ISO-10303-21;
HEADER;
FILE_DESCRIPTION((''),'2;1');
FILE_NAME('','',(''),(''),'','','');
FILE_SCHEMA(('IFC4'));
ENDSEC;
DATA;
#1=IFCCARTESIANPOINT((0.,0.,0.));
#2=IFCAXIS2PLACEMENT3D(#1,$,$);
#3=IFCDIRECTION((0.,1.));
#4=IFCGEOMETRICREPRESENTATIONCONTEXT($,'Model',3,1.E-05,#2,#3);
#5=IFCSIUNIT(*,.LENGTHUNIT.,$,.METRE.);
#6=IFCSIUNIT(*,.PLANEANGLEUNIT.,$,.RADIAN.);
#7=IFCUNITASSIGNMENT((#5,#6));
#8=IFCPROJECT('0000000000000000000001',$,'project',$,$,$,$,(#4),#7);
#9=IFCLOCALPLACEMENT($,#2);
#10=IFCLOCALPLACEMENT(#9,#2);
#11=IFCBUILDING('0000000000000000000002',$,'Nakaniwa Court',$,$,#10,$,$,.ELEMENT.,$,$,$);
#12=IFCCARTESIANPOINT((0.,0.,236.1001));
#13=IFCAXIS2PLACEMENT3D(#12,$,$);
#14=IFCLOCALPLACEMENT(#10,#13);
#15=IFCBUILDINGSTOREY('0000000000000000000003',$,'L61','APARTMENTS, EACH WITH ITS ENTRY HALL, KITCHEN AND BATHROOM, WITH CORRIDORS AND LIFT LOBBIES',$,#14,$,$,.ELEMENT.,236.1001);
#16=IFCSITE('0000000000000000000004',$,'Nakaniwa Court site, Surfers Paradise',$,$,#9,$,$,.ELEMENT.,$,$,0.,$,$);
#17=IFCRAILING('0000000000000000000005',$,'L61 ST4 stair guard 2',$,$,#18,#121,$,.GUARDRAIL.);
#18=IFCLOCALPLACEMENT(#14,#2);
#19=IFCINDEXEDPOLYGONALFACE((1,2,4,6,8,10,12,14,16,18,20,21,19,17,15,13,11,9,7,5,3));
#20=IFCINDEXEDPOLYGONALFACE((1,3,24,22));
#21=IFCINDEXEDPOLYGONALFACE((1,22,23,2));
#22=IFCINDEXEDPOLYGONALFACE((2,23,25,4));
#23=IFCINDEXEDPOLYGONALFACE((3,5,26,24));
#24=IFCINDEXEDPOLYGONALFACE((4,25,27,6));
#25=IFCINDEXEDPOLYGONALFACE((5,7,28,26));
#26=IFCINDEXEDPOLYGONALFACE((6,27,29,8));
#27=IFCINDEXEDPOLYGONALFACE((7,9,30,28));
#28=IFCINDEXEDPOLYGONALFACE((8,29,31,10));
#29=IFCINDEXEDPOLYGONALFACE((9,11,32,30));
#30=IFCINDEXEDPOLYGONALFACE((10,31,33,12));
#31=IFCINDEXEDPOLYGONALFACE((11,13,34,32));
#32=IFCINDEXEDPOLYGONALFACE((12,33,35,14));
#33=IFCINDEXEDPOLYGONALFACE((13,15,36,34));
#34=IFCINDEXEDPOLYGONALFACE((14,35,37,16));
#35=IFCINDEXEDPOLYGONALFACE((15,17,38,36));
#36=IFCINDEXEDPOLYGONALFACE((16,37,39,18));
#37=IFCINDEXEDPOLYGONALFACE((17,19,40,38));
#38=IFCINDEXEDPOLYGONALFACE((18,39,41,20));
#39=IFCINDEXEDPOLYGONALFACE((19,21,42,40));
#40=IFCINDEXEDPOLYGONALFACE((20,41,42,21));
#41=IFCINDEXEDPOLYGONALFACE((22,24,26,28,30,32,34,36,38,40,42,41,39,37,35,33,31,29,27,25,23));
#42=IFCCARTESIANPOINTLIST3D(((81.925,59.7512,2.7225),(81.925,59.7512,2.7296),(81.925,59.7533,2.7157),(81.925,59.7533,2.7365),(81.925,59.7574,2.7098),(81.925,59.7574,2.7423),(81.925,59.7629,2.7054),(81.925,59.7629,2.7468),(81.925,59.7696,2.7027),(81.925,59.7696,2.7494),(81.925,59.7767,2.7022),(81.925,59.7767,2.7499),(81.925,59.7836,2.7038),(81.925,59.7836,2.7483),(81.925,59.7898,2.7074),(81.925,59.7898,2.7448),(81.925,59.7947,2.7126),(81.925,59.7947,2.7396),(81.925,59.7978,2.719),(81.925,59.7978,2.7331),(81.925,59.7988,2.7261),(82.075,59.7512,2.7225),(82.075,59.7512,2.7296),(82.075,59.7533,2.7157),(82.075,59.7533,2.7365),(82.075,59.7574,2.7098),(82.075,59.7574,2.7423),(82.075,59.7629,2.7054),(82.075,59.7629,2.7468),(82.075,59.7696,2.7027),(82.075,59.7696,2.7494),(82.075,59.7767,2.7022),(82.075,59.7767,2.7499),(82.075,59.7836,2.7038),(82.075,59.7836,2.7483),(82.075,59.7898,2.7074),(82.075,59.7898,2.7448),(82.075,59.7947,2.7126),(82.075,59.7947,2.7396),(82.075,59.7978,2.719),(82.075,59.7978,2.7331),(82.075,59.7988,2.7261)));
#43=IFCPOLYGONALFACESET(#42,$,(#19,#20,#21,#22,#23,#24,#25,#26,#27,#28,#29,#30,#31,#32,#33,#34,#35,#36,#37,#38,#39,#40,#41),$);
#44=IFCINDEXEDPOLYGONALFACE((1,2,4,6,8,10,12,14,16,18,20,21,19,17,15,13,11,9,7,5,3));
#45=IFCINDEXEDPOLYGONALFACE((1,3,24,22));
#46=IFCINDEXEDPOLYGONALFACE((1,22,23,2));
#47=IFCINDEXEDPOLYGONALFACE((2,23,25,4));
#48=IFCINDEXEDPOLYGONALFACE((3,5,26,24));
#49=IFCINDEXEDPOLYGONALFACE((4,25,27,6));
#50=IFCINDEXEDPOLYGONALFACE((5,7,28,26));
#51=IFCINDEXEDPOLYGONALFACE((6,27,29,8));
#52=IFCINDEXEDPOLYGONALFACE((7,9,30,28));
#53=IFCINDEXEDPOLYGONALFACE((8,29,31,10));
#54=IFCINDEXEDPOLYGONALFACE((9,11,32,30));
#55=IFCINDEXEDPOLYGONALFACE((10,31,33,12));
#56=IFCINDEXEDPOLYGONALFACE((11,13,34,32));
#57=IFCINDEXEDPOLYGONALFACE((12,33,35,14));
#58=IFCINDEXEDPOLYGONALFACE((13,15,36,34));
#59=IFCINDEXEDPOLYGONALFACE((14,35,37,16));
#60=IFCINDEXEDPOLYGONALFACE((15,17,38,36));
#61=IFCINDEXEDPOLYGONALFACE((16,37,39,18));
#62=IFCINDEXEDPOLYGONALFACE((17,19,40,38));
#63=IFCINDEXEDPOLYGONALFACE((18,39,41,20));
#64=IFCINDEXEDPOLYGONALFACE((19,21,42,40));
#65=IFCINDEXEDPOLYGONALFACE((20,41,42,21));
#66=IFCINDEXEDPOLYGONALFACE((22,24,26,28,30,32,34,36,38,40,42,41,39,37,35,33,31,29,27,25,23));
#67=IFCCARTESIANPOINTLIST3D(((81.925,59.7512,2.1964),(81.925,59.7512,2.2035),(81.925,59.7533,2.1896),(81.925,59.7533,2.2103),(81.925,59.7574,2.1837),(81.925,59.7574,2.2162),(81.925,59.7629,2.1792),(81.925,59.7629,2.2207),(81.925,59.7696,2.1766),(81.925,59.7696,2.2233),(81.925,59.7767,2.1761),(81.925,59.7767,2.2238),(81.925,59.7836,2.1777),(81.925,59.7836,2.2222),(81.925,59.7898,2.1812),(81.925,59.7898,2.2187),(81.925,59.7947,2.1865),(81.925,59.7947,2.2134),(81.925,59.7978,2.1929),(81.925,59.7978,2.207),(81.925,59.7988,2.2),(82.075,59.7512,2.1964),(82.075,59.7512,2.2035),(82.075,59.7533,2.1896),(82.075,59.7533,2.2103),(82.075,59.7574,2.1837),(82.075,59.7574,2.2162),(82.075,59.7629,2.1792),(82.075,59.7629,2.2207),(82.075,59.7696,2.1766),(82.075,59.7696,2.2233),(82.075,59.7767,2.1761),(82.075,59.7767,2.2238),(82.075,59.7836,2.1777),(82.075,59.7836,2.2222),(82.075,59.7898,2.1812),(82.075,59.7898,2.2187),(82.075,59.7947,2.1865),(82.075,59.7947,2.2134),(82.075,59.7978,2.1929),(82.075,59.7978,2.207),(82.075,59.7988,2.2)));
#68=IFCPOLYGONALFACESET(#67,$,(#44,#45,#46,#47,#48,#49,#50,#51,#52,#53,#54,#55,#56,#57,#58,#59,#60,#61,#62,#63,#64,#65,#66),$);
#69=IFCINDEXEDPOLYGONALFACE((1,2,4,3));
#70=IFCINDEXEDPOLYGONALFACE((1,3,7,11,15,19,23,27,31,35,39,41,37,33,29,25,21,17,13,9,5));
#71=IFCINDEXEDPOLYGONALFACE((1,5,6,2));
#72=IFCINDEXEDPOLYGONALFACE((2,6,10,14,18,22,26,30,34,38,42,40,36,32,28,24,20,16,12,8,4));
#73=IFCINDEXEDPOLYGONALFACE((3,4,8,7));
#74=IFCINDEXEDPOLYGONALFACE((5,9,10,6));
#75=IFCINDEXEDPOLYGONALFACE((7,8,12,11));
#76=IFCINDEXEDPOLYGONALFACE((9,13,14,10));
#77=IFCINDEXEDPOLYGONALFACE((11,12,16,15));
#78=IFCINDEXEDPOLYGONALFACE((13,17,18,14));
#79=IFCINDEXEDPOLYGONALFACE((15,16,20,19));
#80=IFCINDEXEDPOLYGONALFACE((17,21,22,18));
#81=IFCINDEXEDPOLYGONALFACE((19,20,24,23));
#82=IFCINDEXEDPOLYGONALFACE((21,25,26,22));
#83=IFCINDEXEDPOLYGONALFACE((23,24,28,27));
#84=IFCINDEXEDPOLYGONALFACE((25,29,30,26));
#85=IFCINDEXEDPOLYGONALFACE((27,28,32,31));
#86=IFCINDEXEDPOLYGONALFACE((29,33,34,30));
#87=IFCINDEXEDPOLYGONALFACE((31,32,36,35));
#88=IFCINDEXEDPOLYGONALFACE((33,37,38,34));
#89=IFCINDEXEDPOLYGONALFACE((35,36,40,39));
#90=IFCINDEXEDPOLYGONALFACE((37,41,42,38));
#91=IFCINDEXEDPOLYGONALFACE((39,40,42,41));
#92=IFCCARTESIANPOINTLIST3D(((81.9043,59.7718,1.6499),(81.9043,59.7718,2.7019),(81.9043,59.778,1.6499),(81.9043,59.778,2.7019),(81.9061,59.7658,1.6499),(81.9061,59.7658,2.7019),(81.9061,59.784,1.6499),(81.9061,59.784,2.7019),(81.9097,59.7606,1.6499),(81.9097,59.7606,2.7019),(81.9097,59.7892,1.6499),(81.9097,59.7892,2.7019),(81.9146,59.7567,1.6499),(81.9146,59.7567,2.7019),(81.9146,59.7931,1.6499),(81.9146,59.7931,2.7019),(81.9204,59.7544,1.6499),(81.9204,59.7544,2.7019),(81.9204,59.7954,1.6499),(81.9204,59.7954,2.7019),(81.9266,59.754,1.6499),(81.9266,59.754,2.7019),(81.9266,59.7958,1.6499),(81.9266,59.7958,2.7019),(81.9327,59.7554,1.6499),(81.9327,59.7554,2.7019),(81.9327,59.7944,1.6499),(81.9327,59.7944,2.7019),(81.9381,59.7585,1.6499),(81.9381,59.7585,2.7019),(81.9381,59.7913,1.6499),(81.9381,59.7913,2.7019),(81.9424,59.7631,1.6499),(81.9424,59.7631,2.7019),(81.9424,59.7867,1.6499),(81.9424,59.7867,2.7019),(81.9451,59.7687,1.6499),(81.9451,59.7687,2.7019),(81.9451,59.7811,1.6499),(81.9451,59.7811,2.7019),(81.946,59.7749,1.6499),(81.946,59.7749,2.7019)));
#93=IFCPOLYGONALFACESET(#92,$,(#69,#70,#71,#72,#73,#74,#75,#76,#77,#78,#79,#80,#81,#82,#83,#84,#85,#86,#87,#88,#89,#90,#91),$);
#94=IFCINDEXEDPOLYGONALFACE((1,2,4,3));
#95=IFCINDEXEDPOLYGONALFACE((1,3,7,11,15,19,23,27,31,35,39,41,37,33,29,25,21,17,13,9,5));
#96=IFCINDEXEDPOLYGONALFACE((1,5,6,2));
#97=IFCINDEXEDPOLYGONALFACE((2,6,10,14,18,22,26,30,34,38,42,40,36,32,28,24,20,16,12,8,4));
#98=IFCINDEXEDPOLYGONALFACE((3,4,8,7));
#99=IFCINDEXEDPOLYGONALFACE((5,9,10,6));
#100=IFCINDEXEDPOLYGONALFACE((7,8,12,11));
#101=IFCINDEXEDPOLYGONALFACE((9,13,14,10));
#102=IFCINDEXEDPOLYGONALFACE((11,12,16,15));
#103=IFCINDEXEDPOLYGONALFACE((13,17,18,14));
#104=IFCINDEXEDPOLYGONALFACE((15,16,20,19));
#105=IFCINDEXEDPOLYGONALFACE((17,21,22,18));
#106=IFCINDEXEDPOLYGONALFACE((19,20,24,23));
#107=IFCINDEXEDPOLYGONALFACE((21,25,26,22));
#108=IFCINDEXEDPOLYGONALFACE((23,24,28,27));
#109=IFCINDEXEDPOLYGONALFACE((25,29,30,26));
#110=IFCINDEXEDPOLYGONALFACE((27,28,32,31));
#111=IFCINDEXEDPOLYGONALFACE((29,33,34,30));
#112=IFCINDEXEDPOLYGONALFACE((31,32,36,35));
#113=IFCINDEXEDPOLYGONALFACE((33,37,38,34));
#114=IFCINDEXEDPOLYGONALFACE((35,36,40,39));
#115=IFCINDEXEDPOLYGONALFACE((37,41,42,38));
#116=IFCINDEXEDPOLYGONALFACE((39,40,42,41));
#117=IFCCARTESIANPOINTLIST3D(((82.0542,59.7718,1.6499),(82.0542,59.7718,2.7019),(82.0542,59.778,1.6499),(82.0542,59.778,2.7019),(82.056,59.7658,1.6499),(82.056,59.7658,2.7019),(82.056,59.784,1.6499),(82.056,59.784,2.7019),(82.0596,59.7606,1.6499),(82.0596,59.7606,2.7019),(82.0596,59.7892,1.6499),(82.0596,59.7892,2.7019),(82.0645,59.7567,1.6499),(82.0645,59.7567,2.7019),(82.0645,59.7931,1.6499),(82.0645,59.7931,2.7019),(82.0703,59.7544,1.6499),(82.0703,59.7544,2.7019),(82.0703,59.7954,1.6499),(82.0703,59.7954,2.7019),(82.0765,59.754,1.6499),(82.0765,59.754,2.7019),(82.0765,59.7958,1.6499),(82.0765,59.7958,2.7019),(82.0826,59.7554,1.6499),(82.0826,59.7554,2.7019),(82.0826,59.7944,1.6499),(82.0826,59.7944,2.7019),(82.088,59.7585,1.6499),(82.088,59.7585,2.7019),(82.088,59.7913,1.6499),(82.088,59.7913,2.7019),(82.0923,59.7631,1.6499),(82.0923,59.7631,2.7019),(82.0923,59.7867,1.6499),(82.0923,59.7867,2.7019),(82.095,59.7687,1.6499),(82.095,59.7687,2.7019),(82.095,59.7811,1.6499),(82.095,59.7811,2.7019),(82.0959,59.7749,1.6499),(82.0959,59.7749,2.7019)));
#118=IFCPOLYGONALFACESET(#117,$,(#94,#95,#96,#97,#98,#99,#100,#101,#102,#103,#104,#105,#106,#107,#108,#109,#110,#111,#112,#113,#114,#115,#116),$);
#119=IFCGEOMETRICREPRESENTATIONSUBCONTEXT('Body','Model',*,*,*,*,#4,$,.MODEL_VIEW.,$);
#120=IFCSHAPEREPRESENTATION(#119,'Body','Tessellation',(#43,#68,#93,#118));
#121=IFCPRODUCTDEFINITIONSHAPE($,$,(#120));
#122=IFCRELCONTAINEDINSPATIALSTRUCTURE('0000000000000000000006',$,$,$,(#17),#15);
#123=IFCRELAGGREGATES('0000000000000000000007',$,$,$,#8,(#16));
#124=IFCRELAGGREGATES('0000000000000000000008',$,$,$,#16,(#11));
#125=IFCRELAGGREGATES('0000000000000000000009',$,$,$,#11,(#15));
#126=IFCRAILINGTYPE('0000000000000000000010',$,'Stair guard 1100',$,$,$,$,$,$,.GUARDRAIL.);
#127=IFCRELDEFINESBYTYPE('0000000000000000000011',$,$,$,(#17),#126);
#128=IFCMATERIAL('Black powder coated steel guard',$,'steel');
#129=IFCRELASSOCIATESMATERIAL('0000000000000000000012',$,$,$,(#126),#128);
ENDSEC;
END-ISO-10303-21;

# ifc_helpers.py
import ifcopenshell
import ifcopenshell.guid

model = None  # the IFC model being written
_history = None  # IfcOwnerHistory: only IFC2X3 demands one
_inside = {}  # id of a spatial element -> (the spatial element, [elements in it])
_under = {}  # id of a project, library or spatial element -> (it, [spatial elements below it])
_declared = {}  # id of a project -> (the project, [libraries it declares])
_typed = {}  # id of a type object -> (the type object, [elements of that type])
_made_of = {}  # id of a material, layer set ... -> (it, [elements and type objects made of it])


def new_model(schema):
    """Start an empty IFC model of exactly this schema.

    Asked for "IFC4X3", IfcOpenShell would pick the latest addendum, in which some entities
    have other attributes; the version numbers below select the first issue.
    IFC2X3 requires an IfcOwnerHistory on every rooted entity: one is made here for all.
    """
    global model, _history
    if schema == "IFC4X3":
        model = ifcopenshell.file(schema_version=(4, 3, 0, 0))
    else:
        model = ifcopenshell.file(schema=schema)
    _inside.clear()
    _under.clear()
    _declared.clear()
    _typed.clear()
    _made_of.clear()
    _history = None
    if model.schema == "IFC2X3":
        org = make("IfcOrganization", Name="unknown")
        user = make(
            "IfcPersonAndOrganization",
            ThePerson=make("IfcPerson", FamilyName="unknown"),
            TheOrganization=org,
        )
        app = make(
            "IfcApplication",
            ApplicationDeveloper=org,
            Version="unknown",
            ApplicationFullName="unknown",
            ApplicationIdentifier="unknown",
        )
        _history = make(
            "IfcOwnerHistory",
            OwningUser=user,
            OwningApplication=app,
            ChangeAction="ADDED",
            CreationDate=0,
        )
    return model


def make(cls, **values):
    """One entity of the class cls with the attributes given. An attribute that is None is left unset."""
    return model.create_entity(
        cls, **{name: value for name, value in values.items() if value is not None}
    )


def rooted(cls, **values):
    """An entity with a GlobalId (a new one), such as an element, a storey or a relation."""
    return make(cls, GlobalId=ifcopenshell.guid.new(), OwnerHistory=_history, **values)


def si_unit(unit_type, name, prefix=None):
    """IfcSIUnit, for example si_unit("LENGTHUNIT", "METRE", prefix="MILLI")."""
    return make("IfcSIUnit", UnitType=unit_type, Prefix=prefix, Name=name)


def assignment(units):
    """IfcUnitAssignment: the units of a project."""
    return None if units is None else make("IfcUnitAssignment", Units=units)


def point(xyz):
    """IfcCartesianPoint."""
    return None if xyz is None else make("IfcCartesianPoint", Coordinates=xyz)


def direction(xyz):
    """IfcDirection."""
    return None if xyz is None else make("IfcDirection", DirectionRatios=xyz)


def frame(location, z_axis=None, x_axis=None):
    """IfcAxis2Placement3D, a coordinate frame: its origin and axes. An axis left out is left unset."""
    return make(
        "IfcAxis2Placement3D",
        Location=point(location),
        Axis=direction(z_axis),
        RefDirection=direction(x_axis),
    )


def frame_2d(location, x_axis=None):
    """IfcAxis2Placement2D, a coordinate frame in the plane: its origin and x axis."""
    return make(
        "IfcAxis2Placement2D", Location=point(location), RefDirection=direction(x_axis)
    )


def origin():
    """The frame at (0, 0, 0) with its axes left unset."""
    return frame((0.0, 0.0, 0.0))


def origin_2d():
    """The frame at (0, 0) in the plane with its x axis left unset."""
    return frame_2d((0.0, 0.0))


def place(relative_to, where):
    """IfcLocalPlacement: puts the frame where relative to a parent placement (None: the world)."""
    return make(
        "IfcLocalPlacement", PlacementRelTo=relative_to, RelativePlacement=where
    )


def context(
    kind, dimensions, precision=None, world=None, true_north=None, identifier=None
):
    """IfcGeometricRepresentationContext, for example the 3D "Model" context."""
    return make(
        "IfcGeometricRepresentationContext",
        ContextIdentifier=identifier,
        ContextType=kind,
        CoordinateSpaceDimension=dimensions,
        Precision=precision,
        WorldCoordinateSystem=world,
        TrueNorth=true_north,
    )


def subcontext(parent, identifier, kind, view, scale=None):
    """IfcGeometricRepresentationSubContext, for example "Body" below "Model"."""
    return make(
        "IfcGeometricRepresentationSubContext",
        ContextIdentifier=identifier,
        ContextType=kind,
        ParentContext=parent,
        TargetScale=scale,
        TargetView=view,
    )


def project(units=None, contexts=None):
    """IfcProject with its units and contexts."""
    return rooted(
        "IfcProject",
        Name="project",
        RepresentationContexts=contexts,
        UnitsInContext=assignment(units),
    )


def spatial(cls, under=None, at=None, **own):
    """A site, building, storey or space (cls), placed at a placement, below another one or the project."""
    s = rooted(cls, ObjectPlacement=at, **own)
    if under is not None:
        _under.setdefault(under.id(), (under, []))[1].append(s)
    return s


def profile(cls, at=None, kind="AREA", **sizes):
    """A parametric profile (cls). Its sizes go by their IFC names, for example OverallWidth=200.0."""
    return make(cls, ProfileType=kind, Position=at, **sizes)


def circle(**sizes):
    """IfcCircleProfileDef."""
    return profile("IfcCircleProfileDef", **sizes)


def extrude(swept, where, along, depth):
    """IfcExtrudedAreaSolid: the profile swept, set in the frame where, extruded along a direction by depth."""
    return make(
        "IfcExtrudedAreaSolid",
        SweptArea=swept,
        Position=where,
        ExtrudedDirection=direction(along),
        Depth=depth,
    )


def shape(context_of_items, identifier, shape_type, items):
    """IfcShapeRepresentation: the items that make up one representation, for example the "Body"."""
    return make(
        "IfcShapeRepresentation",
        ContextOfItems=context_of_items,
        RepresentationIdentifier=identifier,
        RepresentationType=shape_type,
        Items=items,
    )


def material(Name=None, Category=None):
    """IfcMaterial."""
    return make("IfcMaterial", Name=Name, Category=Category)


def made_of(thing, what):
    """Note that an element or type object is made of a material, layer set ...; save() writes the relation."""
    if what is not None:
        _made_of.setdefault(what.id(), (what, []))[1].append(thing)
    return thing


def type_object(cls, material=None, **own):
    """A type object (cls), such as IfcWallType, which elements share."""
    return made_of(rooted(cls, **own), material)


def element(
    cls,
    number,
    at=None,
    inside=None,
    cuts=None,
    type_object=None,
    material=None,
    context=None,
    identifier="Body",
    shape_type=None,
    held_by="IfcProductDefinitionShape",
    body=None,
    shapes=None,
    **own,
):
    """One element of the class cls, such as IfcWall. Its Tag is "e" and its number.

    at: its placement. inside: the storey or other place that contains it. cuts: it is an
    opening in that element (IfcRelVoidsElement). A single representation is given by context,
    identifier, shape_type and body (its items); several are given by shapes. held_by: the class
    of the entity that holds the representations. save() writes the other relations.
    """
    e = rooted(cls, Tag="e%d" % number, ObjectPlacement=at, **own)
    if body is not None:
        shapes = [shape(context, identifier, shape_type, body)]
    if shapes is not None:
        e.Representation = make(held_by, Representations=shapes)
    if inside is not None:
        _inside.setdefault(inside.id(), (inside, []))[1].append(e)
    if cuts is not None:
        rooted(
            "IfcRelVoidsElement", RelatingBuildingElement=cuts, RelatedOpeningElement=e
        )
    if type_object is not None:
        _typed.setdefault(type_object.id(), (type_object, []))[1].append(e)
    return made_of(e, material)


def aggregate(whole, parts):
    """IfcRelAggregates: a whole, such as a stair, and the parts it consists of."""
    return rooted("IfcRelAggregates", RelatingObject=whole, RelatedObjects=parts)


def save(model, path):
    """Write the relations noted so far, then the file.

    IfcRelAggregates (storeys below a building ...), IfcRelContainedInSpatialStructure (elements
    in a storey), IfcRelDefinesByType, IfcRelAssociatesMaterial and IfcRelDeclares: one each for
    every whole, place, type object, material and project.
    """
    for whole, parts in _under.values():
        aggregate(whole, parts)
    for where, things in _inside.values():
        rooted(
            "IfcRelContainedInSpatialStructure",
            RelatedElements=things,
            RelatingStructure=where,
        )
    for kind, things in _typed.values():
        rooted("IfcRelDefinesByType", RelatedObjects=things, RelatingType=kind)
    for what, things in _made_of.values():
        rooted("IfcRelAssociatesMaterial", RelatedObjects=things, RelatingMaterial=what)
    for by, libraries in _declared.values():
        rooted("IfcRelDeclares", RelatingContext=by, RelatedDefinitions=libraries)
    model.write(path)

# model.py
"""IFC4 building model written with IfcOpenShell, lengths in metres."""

from ifc_helpers import new_model, si_unit, direction, frame, origin, origin_2d, place, context, subcontext, project, spatial, circle, extrude, material, type_object, element, save


model = new_model("IFC4")

# Units and contexts
model_context = context("Model", 3, precision=1e-05, world=origin(), true_north=direction((0.0, 1.0)))
body_context = subcontext(model_context, "Body", "Model", "MODEL_VIEW")
ifc_project = project(units=[si_unit("LENGTHUNIT", "METRE"), si_unit("PLANEANGLEUNIT", "RADIAN")], contexts=[model_context])

# Site, building, storey
site_placement = place(None, origin())
site = spatial("IfcSite", under=ifc_project, at=site_placement, Name="Nakaniwa Court site, Surfers Paradise", CompositionType="ELEMENT", RefElevation=0.0)
building_placement = place(site_placement, origin())
building = spatial("IfcBuilding", under=site, at=building_placement, Name="Nakaniwa Court", CompositionType="ELEMENT")
storey_placement = place(building_placement, frame((0.0, 0.0, 236.1001)))
storey = spatial("IfcBuildingStorey", under=building, at=storey_placement, Name="L61", Description="APARTMENTS, EACH WITH ITS ENTRY HALL, KITCHEN AND BATHROOM, WITH CORRIDORS AND LIFT LOBBIES", CompositionType="ELEMENT", Elevation=236.1001)

# Railing
ifc_material_1 = material(Name="Black powder coated steel guard", Category="steel")
railing_type_1 = type_object("IfcRailingType", Name="Stair guard 1100", PredefinedType="GUARDRAIL", material=ifc_material_1)
railing_1_placement = place(storey_placement, frame((81.925, 59.7749, 1.6499)))
element("IfcRailing", 1, at=railing_1_placement, inside=storey, type_object=railing_type_1, Name="L61 ST4 stair guard 2", PredefinedType="GUARDRAIL", context=body_context, shape_type="SweptSolid", body=[
    extrude(circle(Radius=0.0239, at=origin_2d()), frame((0.0, 0.0, 1.0762), z_axis=(1.0, 0.0, 0.0), x_axis=(0.0, 1.0, 0.0)), (0.0, 0.0, 1.0), 0.1499),
    extrude(circle(Radius=0.0239, at=origin_2d()), frame((0.0, 0.0, 0.55), z_axis=(1.0, 0.0, 0.0), x_axis=(0.0, 1.0, 0.0)), (0.0, 0.0, 1.0), 0.1499),
    extrude(circle(Radius=0.021, at=origin_2d()), origin(), (0.0, 0.0, 1.0), 1.052),
    extrude(circle(Radius=0.021, at=origin_2d()), frame((0.1499, 0.0, 0.0)), (0.0, 0.0, 1.0), 1.052),
])

save(model, "model.ifc")
